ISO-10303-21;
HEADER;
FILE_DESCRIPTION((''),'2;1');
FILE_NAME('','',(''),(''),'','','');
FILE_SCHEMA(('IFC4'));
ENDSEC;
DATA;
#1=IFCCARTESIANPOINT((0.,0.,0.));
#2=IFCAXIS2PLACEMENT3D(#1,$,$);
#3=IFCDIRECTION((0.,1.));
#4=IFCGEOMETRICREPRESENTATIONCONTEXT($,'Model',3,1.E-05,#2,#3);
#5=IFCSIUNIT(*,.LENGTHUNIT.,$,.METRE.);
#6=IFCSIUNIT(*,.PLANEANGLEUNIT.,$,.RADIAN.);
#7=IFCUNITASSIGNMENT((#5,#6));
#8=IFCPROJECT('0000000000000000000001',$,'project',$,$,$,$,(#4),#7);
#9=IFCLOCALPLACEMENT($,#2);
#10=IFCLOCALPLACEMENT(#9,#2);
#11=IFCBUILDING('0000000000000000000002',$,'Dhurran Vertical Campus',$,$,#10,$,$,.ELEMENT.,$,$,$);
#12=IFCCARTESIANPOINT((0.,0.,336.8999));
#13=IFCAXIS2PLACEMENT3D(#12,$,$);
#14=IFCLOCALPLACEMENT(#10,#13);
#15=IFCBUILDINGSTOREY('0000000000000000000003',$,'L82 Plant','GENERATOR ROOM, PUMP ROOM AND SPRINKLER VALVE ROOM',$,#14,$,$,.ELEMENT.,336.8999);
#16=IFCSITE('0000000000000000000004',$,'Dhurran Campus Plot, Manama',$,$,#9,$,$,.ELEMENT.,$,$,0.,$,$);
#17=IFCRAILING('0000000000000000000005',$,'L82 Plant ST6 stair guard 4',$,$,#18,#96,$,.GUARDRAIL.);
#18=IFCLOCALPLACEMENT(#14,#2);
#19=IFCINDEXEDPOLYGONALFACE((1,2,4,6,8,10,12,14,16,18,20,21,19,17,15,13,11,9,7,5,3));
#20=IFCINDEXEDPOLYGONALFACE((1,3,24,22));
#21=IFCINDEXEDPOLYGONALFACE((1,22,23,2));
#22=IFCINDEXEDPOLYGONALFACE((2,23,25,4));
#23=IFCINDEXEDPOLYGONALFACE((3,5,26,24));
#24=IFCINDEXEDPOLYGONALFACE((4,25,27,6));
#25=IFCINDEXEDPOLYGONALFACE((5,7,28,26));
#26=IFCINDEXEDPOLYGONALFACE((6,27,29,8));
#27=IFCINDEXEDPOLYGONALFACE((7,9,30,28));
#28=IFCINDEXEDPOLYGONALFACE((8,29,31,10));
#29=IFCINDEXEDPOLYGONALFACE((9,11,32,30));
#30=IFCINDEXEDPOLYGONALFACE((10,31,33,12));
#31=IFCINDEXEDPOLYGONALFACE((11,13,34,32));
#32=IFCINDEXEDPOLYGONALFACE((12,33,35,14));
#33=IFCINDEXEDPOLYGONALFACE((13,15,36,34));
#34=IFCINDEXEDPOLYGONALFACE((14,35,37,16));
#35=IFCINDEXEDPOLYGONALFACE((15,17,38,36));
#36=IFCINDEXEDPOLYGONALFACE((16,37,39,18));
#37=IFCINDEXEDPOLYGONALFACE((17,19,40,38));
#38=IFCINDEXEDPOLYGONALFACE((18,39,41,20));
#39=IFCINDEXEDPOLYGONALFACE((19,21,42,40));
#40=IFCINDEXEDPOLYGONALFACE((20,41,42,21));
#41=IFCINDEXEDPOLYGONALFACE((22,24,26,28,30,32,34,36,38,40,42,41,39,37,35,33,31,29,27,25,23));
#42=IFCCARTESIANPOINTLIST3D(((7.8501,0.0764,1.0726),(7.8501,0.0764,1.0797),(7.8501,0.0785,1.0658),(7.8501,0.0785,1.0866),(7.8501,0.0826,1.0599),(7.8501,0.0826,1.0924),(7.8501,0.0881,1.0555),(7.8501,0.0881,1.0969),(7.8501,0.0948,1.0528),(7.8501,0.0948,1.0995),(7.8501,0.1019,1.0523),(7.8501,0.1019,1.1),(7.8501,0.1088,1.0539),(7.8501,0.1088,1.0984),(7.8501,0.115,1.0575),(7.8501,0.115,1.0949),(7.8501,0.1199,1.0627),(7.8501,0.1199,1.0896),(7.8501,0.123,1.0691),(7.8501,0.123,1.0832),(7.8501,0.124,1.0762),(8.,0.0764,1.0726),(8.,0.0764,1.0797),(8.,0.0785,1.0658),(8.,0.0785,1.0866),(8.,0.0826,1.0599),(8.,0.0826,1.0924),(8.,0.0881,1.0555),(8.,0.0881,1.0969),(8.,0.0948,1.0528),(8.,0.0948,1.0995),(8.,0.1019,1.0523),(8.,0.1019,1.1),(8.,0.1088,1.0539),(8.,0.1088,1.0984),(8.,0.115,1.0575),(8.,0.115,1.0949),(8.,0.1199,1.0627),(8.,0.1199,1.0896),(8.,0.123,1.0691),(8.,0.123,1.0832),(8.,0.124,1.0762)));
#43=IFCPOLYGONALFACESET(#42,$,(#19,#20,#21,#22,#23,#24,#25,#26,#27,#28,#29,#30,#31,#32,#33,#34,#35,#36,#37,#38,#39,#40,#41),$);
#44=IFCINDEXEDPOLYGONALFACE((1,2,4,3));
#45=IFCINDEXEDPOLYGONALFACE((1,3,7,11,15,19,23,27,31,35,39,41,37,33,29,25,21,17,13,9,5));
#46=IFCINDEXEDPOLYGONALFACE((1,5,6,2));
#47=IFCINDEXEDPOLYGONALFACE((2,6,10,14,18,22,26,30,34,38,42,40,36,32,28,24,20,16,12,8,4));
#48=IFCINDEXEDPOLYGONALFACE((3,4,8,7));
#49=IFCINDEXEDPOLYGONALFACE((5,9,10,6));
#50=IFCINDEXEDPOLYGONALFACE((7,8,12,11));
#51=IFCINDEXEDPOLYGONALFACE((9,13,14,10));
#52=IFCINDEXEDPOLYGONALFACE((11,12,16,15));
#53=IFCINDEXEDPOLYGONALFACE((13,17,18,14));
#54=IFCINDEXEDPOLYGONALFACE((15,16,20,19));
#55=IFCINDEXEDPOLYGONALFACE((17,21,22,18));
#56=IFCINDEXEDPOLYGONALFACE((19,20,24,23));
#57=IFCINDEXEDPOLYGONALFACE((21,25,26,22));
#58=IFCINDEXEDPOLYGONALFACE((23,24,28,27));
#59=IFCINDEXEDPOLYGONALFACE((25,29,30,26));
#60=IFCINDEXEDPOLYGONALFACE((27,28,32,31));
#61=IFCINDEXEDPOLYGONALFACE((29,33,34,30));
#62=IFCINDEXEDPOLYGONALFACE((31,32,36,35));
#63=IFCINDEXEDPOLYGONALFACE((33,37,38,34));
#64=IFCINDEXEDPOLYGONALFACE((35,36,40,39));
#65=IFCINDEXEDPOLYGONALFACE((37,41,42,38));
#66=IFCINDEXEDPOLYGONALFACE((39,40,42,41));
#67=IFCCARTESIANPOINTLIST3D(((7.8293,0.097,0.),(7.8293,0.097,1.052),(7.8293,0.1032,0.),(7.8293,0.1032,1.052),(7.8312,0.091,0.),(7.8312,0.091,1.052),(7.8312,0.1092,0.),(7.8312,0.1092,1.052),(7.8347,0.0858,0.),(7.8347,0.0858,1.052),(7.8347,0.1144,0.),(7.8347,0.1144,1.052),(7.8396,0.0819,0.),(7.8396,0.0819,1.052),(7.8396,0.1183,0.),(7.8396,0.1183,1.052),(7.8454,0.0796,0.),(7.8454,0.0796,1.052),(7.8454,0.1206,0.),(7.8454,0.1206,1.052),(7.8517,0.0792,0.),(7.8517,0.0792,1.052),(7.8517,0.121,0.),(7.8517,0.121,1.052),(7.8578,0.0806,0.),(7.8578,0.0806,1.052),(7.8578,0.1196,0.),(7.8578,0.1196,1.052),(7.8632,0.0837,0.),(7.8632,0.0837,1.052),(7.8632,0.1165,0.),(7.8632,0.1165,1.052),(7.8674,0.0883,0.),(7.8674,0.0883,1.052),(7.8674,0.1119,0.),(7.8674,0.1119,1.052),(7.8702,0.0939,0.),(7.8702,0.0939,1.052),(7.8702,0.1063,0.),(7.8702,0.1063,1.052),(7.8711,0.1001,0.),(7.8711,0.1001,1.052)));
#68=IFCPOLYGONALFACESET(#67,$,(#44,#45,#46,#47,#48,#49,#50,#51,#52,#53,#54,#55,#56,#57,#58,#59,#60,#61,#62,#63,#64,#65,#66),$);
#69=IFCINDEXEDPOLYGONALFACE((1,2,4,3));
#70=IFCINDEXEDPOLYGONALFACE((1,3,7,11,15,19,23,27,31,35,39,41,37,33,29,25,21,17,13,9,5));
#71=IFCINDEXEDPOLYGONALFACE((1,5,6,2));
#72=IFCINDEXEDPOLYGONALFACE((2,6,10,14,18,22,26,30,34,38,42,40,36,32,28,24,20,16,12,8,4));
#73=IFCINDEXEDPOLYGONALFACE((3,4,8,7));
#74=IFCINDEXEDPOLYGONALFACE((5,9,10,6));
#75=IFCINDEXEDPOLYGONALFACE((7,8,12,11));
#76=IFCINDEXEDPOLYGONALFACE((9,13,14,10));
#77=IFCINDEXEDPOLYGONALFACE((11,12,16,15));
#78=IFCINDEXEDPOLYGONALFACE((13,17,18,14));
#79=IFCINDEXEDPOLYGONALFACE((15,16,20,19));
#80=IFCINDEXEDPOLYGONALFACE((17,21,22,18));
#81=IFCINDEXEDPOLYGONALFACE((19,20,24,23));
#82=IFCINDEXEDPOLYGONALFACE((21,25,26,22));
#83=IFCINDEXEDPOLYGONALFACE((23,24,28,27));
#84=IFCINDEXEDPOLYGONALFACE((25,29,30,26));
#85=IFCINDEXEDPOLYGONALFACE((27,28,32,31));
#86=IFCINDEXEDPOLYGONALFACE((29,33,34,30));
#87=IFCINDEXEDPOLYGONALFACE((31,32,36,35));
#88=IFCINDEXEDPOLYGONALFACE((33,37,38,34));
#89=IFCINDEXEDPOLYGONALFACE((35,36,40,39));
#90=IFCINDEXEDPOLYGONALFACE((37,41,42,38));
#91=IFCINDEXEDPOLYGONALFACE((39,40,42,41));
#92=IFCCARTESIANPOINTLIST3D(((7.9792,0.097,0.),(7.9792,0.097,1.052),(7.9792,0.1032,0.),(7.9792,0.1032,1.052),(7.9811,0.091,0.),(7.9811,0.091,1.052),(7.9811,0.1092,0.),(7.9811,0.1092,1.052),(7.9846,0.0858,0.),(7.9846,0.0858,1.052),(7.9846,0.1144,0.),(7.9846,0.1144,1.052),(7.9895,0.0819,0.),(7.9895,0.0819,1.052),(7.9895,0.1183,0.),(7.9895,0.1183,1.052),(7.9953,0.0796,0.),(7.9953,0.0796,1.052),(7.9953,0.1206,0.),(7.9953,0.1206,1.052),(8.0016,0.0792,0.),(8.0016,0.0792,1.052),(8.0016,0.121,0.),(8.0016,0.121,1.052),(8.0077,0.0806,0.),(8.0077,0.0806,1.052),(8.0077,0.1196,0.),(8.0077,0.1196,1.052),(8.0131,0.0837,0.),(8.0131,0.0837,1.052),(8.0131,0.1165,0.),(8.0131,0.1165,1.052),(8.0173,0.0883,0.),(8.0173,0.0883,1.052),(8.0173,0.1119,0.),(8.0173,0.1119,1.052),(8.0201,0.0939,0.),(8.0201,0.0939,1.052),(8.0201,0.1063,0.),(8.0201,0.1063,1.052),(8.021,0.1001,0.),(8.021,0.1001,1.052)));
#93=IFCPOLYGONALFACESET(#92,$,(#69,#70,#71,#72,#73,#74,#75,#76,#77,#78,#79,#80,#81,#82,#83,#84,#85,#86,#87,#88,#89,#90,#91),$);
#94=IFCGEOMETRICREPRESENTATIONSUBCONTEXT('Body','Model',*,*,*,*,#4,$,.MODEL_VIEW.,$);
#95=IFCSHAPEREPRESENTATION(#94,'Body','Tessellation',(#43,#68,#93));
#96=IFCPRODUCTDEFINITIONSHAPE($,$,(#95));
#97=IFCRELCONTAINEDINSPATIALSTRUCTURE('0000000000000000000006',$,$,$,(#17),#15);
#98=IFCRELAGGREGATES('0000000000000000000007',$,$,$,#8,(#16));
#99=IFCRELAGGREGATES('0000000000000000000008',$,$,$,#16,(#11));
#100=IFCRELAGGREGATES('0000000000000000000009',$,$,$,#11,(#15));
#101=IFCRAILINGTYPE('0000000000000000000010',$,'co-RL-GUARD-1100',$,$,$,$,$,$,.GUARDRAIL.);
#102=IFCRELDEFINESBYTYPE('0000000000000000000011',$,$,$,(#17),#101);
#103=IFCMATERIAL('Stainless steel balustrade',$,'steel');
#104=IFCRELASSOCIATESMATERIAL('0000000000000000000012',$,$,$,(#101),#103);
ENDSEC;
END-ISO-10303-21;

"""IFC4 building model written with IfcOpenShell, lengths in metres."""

from ifc_helpers import new_model, si_unit, direction, frame, origin, origin_2d, place, context, subcontext, project, spatial, circle, extrude, material, type_object, element, save


model = new_model("IFC4")

# Units and contexts
model_context = context("Model", 3, precision=1e-05, world=origin(), true_north=direction((0.0, 1.0)))
body_context = subcontext(model_context, "Body", "Model", "MODEL_VIEW")
ifc_project = project(units=[si_unit("LENGTHUNIT", "METRE"), si_unit("PLANEANGLEUNIT", "RADIAN")], contexts=[model_context])

# Site, building, storey
site_placement = place(None, origin())
site = spatial("IfcSite", under=ifc_project, at=site_placement, Name="Dhurran Campus Plot, Manama", CompositionType="ELEMENT", RefElevation=0.0)
building_placement = place(site_placement, origin())
building = spatial("IfcBuilding", under=site, at=building_placement, Name="Dhurran Vertical Campus", CompositionType="ELEMENT")
storey_placement = place(building_placement, frame((0.0, 0.0, 336.8999)))
storey = spatial("IfcBuildingStorey", under=building, at=storey_placement, Name="L82 Plant", Description="GENERATOR ROOM, PUMP ROOM AND SPRINKLER VALVE ROOM", CompositionType="ELEMENT", Elevation=336.8999)

# Railing
ifc_material_1 = material(Name="Stainless steel balustrade", Category="steel")
railing_type_1 = type_object("IfcRailingType", Name="co-RL-GUARD-1100", PredefinedType="GUARDRAIL", material=ifc_material_1)
railing_1_placement = place(storey_placement, frame((7.8501, 0.1001, 0.0)))
element("IfcRailing", 1, at=railing_1_placement, inside=storey, type_object=railing_type_1, Name="L82 Plant ST6 stair guard 4", PredefinedType="GUARDRAIL", context=body_context, shape_type="SweptSolid", body=[
    extrude(circle(Radius=0.0239, at=origin_2d()), frame((0.0, 0.0, 1.0762), z_axis=(1.0, 0.0, 0.0), x_axis=(0.0, 1.0, 0.0)), (0.0, 0.0, 1.0), 0.1499),
    extrude(circle(Radius=0.021, at=origin_2d()), origin(), (0.0, 0.0, 1.0), 1.052),
    extrude(circle(Radius=0.021, at=origin_2d()), frame((0.1499, 0.0, 0.0)), (0.0, 0.0, 1.0), 1.052),
])

save(model, "model.ifc")
